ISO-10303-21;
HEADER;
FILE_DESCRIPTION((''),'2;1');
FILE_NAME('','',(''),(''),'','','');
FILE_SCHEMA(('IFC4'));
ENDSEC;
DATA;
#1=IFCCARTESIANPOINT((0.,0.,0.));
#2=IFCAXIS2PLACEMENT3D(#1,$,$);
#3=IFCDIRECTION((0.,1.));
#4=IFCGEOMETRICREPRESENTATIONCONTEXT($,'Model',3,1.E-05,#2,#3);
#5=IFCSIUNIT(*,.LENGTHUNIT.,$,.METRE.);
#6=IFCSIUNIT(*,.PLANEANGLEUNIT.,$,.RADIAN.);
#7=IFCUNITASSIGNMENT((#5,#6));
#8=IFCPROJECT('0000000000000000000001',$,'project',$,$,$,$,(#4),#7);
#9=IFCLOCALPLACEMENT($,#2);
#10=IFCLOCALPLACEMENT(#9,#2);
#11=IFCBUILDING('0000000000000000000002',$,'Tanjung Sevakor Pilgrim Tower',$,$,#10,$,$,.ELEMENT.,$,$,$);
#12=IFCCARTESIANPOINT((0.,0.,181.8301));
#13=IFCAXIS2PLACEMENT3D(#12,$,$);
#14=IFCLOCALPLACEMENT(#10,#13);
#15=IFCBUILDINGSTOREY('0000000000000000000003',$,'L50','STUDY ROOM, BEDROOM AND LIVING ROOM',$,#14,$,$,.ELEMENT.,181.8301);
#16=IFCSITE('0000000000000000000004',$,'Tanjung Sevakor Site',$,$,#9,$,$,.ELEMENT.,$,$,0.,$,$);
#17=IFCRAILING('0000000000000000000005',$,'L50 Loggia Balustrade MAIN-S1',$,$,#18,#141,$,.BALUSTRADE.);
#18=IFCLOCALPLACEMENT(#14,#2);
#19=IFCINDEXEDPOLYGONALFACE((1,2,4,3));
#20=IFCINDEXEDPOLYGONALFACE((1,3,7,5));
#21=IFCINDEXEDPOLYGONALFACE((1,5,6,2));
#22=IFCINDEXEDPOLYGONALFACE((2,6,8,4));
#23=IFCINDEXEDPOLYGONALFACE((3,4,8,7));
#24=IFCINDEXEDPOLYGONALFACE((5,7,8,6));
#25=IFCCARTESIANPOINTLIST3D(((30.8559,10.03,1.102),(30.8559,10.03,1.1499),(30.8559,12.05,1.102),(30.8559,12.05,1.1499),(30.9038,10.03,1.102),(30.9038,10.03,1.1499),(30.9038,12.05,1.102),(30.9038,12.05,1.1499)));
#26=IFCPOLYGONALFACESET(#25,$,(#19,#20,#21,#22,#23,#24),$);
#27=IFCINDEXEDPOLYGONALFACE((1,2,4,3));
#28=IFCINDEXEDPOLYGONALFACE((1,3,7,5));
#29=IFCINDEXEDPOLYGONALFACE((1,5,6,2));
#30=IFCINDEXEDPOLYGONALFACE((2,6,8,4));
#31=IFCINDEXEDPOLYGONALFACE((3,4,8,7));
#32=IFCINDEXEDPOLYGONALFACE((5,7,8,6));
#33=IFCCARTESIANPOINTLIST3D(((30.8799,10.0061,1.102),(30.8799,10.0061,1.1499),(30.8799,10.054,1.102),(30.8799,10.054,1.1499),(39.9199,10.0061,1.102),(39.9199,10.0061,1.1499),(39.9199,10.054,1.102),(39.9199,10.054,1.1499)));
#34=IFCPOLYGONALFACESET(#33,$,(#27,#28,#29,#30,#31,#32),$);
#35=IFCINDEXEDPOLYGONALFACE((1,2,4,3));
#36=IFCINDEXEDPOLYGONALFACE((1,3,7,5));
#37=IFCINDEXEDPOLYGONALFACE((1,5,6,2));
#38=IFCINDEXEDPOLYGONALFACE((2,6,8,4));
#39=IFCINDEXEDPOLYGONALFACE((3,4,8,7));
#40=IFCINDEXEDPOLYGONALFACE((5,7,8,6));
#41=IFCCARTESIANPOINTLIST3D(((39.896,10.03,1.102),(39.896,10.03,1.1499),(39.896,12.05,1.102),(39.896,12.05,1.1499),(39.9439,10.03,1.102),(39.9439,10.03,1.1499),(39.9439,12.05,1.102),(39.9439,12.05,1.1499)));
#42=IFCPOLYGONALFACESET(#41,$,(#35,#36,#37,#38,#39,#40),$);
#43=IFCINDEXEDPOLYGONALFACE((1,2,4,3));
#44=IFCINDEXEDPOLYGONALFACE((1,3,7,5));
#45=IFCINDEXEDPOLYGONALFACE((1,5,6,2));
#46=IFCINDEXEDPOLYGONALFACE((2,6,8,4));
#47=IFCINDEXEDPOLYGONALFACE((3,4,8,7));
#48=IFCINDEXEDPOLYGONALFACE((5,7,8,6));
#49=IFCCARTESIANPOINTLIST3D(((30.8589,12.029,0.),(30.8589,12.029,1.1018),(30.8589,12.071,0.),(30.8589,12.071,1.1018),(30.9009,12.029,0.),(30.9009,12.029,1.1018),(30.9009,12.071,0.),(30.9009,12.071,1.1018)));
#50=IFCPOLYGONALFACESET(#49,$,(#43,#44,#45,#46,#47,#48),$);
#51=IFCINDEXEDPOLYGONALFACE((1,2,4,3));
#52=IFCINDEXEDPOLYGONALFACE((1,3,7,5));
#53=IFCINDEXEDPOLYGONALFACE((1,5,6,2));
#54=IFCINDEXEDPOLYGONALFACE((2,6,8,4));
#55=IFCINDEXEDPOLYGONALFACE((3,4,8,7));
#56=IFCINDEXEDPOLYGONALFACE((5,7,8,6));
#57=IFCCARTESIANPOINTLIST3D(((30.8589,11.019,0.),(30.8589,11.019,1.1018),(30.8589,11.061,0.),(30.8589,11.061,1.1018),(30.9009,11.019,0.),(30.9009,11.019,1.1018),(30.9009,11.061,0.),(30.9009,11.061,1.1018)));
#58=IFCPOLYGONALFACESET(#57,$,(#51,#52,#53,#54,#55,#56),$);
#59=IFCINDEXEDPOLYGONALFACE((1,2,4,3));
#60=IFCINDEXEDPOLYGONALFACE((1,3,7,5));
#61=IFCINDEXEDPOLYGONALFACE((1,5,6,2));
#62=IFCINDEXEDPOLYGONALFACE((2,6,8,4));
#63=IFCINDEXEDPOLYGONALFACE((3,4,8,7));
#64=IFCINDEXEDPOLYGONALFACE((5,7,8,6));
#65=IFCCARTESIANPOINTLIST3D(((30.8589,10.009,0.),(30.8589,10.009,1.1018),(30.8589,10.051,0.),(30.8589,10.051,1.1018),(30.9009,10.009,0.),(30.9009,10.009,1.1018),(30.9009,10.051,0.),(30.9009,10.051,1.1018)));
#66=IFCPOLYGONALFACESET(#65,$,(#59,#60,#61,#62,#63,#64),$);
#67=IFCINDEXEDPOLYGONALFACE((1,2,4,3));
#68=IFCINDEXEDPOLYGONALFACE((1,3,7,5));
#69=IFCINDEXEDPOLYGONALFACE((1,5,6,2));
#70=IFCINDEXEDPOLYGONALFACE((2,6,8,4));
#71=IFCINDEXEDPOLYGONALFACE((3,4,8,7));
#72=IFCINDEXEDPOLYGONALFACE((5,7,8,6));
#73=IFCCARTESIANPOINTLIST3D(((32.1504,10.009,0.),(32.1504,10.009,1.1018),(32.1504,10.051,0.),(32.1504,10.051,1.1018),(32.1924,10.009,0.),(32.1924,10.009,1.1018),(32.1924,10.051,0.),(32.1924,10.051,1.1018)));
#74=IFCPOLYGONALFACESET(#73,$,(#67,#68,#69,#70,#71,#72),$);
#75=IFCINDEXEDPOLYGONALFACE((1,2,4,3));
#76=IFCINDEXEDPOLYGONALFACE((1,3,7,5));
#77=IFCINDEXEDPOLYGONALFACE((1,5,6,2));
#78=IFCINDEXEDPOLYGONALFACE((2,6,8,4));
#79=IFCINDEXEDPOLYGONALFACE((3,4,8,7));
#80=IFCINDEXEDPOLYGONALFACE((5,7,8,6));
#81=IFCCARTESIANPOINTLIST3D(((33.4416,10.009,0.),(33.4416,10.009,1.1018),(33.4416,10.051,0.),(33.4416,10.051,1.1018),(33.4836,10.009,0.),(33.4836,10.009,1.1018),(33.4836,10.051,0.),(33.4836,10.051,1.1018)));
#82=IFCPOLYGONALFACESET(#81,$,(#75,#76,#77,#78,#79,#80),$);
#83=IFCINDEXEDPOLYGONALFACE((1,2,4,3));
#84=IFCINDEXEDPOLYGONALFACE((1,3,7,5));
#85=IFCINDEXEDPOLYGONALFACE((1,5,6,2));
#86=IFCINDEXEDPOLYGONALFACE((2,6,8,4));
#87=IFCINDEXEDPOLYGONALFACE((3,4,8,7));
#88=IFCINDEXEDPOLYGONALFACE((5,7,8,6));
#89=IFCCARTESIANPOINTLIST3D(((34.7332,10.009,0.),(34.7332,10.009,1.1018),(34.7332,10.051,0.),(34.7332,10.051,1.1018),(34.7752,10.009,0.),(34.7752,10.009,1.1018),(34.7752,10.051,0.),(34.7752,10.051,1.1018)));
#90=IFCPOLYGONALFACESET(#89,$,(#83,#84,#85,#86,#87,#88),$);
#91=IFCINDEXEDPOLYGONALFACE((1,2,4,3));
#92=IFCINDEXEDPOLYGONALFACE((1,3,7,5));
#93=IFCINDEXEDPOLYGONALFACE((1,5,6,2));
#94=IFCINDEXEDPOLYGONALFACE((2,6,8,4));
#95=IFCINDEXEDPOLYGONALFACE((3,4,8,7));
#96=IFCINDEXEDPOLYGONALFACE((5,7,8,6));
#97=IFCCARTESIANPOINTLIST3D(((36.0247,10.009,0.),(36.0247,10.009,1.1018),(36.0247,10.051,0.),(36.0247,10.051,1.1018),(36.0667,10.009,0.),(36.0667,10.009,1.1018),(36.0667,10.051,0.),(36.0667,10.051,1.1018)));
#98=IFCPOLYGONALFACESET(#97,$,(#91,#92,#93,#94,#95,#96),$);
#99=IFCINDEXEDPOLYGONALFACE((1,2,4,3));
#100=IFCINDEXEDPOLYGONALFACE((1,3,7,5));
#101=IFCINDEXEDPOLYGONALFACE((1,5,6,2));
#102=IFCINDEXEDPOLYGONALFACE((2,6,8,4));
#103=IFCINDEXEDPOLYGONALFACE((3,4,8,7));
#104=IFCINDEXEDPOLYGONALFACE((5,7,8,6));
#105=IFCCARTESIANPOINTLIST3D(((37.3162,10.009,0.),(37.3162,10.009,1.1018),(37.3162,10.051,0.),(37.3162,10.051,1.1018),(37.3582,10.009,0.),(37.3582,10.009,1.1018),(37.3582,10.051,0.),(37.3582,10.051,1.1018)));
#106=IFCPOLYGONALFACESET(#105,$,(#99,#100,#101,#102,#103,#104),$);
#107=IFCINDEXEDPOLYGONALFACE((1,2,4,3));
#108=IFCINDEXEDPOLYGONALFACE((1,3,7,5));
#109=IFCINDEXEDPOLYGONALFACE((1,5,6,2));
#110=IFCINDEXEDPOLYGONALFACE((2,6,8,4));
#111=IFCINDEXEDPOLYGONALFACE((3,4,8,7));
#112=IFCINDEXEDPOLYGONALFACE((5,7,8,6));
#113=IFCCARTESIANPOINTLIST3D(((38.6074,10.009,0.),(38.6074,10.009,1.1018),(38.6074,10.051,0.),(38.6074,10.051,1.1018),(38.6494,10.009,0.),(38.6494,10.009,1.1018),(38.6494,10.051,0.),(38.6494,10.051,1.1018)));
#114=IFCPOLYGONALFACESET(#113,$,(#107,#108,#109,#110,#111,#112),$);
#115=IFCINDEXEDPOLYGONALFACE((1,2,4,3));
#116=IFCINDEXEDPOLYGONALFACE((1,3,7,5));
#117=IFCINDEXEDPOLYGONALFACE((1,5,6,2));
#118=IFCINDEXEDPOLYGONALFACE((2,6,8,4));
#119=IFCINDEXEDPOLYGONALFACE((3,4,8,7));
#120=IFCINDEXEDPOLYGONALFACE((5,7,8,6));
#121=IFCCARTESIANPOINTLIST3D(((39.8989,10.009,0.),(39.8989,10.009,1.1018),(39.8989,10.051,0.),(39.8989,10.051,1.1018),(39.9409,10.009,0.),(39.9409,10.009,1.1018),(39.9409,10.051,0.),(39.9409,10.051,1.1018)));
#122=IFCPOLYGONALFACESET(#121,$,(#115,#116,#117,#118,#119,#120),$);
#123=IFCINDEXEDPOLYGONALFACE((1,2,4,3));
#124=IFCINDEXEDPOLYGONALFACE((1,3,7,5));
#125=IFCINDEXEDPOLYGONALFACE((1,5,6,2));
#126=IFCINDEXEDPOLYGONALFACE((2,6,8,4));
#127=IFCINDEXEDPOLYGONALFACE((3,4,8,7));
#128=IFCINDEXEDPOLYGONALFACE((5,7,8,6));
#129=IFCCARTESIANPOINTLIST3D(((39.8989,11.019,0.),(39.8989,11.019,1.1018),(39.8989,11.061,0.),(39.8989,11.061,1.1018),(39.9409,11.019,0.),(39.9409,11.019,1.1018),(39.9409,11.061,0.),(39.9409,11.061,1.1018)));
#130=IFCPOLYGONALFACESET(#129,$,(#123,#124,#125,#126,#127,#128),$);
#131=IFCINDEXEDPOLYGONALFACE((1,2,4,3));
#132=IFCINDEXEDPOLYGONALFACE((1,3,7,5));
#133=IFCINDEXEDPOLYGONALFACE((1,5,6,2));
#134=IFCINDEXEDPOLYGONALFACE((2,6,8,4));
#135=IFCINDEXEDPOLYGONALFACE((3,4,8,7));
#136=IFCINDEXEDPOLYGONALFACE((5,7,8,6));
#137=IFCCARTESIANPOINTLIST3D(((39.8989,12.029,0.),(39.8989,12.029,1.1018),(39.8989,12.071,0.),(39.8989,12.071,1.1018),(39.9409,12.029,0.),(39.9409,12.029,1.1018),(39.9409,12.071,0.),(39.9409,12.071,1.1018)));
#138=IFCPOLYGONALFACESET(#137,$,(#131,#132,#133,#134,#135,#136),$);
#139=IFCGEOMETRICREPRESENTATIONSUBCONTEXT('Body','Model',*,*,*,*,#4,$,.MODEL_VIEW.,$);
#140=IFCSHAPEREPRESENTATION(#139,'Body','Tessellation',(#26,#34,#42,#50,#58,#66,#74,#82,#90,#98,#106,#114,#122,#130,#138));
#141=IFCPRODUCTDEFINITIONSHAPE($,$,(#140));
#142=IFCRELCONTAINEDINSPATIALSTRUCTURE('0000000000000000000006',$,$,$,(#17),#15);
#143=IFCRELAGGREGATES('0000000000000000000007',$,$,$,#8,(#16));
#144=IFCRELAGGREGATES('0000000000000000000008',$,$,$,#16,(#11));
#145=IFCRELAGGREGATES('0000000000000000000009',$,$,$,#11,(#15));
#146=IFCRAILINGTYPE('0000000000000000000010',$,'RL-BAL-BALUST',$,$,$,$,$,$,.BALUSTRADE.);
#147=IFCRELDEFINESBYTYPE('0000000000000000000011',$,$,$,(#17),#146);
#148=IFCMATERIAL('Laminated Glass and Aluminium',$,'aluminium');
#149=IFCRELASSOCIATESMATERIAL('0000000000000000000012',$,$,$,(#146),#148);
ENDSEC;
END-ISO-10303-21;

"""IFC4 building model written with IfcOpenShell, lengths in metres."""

from ifc_helpers import new_model, si_unit, direction, frame, origin, place, context, subcontext, project, spatial, rectangle, extrude, material, type_object, element, save


model = new_model("IFC4")

# Units and contexts
model_context = context("Model", 3, precision=1e-05, world=origin(), true_north=direction((0.0, 1.0)))
body_context = subcontext(model_context, "Body", "Model", "MODEL_VIEW")
ifc_project = project(units=[si_unit("LENGTHUNIT", "METRE"), si_unit("PLANEANGLEUNIT", "RADIAN")], contexts=[model_context])

# Site, building, storey
site_placement = place(None, origin())
site = spatial("IfcSite", under=ifc_project, at=site_placement, Name="Tanjung Sevakor Site", CompositionType="ELEMENT", RefElevation=0.0)
building_placement = place(site_placement, origin())
building = spatial("IfcBuilding", under=site, at=building_placement, Name="Tanjung Sevakor Pilgrim Tower", CompositionType="ELEMENT")
storey_placement = place(building_placement, frame((0.0, 0.0, 181.8301)))
storey = spatial("IfcBuildingStorey", under=building, at=storey_placement, Name="L50", Description="STUDY ROOM, BEDROOM AND LIVING ROOM", CompositionType="ELEMENT", Elevation=181.8301)

# Railing
ifc_material_1 = material(Name="Laminated Glass and Aluminium", Category="aluminium")
railing_type = type_object("IfcRailingType", Name="RL-BAL-BALUST", PredefinedType="BALUSTRADE", material=ifc_material_1)
railing_placement = place(storey_placement, frame((30.8799, 12.05, 0.0)))
element("IfcRailing", 1, at=railing_placement, inside=storey, type_object=railing_type, Name="L50 Loggia Balustrade MAIN-S1", PredefinedType="BALUSTRADE", context=body_context, shape_type="SweptSolid", body=[
    extrude(rectangle(XDim=0.0479, YDim=0.0479), frame((0.0, 0.0, 1.126), z_axis=(0.0, -1.0, 0.0), x_axis=(1.0, 0.0, 0.0)), (0.0, 0.0, 1.0), 2.02),
    extrude(rectangle(XDim=0.0479, YDim=0.0479), frame((0.0, -2.02, 1.126), z_axis=(1.0, 0.0, 0.0), x_axis=(0.0, 1.0, 0.0)), (0.0, 0.0, 1.0), 9.04),
    extrude(rectangle(XDim=0.0479, YDim=0.0479), frame((9.04, -2.02, 1.126), z_axis=(0.0, 1.0, 0.0), x_axis=(-1.0, 0.0, 0.0)), (0.0, 0.0, 1.0), 2.02),
    extrude(rectangle(XDim=0.042, YDim=0.042), origin(), (0.0, 0.0, 1.0), 1.1018),
    extrude(rectangle(XDim=0.042, YDim=0.042), frame((0.0, -1.01, 0.0)), (0.0, 0.0, 1.0), 1.1018),
    extrude(rectangle(XDim=0.042, YDim=0.042), frame((0.0, -2.02, 0.0)), (0.0, 0.0, 1.0), 1.1018),
    extrude(rectangle(XDim=0.042, YDim=0.042), frame((1.2915, -2.02, 0.0)), (0.0, 0.0, 1.0), 1.1018),
    extrude(rectangle(XDim=0.042, YDim=0.042), frame((2.5828, -2.02, 0.0)), (0.0, 0.0, 1.0), 1.1018),
    extrude(rectangle(XDim=0.042, YDim=0.042), frame((3.8743, -2.02, 0.0)), (0.0, 0.0, 1.0), 1.1018),
    extrude(rectangle(XDim=0.042, YDim=0.042), frame((5.1658, -2.02, 0.0)), (0.0, 0.0, 1.0), 1.1018),
    extrude(rectangle(XDim=0.042, YDim=0.042), frame((6.4573, -2.02, 0.0)), (0.0, 0.0, 1.0), 1.1018),
    extrude(rectangle(XDim=0.042, YDim=0.042), frame((7.7485, -2.02, 0.0)), (0.0, 0.0, 1.0), 1.1018),
    extrude(rectangle(XDim=0.042, YDim=0.042), frame((9.04, -2.02, 0.0)), (0.0, 0.0, 1.0), 1.1018),
    extrude(rectangle(XDim=0.042, YDim=0.042), frame((9.04, -1.01, 0.0)), (0.0, 0.0, 1.0), 1.1018),
    extrude(rectangle(XDim=0.042, YDim=0.042), frame((9.04, 0.0, 0.0)), (0.0, 0.0, 1.0), 1.1018),
])

save(model, "model.ifc")
